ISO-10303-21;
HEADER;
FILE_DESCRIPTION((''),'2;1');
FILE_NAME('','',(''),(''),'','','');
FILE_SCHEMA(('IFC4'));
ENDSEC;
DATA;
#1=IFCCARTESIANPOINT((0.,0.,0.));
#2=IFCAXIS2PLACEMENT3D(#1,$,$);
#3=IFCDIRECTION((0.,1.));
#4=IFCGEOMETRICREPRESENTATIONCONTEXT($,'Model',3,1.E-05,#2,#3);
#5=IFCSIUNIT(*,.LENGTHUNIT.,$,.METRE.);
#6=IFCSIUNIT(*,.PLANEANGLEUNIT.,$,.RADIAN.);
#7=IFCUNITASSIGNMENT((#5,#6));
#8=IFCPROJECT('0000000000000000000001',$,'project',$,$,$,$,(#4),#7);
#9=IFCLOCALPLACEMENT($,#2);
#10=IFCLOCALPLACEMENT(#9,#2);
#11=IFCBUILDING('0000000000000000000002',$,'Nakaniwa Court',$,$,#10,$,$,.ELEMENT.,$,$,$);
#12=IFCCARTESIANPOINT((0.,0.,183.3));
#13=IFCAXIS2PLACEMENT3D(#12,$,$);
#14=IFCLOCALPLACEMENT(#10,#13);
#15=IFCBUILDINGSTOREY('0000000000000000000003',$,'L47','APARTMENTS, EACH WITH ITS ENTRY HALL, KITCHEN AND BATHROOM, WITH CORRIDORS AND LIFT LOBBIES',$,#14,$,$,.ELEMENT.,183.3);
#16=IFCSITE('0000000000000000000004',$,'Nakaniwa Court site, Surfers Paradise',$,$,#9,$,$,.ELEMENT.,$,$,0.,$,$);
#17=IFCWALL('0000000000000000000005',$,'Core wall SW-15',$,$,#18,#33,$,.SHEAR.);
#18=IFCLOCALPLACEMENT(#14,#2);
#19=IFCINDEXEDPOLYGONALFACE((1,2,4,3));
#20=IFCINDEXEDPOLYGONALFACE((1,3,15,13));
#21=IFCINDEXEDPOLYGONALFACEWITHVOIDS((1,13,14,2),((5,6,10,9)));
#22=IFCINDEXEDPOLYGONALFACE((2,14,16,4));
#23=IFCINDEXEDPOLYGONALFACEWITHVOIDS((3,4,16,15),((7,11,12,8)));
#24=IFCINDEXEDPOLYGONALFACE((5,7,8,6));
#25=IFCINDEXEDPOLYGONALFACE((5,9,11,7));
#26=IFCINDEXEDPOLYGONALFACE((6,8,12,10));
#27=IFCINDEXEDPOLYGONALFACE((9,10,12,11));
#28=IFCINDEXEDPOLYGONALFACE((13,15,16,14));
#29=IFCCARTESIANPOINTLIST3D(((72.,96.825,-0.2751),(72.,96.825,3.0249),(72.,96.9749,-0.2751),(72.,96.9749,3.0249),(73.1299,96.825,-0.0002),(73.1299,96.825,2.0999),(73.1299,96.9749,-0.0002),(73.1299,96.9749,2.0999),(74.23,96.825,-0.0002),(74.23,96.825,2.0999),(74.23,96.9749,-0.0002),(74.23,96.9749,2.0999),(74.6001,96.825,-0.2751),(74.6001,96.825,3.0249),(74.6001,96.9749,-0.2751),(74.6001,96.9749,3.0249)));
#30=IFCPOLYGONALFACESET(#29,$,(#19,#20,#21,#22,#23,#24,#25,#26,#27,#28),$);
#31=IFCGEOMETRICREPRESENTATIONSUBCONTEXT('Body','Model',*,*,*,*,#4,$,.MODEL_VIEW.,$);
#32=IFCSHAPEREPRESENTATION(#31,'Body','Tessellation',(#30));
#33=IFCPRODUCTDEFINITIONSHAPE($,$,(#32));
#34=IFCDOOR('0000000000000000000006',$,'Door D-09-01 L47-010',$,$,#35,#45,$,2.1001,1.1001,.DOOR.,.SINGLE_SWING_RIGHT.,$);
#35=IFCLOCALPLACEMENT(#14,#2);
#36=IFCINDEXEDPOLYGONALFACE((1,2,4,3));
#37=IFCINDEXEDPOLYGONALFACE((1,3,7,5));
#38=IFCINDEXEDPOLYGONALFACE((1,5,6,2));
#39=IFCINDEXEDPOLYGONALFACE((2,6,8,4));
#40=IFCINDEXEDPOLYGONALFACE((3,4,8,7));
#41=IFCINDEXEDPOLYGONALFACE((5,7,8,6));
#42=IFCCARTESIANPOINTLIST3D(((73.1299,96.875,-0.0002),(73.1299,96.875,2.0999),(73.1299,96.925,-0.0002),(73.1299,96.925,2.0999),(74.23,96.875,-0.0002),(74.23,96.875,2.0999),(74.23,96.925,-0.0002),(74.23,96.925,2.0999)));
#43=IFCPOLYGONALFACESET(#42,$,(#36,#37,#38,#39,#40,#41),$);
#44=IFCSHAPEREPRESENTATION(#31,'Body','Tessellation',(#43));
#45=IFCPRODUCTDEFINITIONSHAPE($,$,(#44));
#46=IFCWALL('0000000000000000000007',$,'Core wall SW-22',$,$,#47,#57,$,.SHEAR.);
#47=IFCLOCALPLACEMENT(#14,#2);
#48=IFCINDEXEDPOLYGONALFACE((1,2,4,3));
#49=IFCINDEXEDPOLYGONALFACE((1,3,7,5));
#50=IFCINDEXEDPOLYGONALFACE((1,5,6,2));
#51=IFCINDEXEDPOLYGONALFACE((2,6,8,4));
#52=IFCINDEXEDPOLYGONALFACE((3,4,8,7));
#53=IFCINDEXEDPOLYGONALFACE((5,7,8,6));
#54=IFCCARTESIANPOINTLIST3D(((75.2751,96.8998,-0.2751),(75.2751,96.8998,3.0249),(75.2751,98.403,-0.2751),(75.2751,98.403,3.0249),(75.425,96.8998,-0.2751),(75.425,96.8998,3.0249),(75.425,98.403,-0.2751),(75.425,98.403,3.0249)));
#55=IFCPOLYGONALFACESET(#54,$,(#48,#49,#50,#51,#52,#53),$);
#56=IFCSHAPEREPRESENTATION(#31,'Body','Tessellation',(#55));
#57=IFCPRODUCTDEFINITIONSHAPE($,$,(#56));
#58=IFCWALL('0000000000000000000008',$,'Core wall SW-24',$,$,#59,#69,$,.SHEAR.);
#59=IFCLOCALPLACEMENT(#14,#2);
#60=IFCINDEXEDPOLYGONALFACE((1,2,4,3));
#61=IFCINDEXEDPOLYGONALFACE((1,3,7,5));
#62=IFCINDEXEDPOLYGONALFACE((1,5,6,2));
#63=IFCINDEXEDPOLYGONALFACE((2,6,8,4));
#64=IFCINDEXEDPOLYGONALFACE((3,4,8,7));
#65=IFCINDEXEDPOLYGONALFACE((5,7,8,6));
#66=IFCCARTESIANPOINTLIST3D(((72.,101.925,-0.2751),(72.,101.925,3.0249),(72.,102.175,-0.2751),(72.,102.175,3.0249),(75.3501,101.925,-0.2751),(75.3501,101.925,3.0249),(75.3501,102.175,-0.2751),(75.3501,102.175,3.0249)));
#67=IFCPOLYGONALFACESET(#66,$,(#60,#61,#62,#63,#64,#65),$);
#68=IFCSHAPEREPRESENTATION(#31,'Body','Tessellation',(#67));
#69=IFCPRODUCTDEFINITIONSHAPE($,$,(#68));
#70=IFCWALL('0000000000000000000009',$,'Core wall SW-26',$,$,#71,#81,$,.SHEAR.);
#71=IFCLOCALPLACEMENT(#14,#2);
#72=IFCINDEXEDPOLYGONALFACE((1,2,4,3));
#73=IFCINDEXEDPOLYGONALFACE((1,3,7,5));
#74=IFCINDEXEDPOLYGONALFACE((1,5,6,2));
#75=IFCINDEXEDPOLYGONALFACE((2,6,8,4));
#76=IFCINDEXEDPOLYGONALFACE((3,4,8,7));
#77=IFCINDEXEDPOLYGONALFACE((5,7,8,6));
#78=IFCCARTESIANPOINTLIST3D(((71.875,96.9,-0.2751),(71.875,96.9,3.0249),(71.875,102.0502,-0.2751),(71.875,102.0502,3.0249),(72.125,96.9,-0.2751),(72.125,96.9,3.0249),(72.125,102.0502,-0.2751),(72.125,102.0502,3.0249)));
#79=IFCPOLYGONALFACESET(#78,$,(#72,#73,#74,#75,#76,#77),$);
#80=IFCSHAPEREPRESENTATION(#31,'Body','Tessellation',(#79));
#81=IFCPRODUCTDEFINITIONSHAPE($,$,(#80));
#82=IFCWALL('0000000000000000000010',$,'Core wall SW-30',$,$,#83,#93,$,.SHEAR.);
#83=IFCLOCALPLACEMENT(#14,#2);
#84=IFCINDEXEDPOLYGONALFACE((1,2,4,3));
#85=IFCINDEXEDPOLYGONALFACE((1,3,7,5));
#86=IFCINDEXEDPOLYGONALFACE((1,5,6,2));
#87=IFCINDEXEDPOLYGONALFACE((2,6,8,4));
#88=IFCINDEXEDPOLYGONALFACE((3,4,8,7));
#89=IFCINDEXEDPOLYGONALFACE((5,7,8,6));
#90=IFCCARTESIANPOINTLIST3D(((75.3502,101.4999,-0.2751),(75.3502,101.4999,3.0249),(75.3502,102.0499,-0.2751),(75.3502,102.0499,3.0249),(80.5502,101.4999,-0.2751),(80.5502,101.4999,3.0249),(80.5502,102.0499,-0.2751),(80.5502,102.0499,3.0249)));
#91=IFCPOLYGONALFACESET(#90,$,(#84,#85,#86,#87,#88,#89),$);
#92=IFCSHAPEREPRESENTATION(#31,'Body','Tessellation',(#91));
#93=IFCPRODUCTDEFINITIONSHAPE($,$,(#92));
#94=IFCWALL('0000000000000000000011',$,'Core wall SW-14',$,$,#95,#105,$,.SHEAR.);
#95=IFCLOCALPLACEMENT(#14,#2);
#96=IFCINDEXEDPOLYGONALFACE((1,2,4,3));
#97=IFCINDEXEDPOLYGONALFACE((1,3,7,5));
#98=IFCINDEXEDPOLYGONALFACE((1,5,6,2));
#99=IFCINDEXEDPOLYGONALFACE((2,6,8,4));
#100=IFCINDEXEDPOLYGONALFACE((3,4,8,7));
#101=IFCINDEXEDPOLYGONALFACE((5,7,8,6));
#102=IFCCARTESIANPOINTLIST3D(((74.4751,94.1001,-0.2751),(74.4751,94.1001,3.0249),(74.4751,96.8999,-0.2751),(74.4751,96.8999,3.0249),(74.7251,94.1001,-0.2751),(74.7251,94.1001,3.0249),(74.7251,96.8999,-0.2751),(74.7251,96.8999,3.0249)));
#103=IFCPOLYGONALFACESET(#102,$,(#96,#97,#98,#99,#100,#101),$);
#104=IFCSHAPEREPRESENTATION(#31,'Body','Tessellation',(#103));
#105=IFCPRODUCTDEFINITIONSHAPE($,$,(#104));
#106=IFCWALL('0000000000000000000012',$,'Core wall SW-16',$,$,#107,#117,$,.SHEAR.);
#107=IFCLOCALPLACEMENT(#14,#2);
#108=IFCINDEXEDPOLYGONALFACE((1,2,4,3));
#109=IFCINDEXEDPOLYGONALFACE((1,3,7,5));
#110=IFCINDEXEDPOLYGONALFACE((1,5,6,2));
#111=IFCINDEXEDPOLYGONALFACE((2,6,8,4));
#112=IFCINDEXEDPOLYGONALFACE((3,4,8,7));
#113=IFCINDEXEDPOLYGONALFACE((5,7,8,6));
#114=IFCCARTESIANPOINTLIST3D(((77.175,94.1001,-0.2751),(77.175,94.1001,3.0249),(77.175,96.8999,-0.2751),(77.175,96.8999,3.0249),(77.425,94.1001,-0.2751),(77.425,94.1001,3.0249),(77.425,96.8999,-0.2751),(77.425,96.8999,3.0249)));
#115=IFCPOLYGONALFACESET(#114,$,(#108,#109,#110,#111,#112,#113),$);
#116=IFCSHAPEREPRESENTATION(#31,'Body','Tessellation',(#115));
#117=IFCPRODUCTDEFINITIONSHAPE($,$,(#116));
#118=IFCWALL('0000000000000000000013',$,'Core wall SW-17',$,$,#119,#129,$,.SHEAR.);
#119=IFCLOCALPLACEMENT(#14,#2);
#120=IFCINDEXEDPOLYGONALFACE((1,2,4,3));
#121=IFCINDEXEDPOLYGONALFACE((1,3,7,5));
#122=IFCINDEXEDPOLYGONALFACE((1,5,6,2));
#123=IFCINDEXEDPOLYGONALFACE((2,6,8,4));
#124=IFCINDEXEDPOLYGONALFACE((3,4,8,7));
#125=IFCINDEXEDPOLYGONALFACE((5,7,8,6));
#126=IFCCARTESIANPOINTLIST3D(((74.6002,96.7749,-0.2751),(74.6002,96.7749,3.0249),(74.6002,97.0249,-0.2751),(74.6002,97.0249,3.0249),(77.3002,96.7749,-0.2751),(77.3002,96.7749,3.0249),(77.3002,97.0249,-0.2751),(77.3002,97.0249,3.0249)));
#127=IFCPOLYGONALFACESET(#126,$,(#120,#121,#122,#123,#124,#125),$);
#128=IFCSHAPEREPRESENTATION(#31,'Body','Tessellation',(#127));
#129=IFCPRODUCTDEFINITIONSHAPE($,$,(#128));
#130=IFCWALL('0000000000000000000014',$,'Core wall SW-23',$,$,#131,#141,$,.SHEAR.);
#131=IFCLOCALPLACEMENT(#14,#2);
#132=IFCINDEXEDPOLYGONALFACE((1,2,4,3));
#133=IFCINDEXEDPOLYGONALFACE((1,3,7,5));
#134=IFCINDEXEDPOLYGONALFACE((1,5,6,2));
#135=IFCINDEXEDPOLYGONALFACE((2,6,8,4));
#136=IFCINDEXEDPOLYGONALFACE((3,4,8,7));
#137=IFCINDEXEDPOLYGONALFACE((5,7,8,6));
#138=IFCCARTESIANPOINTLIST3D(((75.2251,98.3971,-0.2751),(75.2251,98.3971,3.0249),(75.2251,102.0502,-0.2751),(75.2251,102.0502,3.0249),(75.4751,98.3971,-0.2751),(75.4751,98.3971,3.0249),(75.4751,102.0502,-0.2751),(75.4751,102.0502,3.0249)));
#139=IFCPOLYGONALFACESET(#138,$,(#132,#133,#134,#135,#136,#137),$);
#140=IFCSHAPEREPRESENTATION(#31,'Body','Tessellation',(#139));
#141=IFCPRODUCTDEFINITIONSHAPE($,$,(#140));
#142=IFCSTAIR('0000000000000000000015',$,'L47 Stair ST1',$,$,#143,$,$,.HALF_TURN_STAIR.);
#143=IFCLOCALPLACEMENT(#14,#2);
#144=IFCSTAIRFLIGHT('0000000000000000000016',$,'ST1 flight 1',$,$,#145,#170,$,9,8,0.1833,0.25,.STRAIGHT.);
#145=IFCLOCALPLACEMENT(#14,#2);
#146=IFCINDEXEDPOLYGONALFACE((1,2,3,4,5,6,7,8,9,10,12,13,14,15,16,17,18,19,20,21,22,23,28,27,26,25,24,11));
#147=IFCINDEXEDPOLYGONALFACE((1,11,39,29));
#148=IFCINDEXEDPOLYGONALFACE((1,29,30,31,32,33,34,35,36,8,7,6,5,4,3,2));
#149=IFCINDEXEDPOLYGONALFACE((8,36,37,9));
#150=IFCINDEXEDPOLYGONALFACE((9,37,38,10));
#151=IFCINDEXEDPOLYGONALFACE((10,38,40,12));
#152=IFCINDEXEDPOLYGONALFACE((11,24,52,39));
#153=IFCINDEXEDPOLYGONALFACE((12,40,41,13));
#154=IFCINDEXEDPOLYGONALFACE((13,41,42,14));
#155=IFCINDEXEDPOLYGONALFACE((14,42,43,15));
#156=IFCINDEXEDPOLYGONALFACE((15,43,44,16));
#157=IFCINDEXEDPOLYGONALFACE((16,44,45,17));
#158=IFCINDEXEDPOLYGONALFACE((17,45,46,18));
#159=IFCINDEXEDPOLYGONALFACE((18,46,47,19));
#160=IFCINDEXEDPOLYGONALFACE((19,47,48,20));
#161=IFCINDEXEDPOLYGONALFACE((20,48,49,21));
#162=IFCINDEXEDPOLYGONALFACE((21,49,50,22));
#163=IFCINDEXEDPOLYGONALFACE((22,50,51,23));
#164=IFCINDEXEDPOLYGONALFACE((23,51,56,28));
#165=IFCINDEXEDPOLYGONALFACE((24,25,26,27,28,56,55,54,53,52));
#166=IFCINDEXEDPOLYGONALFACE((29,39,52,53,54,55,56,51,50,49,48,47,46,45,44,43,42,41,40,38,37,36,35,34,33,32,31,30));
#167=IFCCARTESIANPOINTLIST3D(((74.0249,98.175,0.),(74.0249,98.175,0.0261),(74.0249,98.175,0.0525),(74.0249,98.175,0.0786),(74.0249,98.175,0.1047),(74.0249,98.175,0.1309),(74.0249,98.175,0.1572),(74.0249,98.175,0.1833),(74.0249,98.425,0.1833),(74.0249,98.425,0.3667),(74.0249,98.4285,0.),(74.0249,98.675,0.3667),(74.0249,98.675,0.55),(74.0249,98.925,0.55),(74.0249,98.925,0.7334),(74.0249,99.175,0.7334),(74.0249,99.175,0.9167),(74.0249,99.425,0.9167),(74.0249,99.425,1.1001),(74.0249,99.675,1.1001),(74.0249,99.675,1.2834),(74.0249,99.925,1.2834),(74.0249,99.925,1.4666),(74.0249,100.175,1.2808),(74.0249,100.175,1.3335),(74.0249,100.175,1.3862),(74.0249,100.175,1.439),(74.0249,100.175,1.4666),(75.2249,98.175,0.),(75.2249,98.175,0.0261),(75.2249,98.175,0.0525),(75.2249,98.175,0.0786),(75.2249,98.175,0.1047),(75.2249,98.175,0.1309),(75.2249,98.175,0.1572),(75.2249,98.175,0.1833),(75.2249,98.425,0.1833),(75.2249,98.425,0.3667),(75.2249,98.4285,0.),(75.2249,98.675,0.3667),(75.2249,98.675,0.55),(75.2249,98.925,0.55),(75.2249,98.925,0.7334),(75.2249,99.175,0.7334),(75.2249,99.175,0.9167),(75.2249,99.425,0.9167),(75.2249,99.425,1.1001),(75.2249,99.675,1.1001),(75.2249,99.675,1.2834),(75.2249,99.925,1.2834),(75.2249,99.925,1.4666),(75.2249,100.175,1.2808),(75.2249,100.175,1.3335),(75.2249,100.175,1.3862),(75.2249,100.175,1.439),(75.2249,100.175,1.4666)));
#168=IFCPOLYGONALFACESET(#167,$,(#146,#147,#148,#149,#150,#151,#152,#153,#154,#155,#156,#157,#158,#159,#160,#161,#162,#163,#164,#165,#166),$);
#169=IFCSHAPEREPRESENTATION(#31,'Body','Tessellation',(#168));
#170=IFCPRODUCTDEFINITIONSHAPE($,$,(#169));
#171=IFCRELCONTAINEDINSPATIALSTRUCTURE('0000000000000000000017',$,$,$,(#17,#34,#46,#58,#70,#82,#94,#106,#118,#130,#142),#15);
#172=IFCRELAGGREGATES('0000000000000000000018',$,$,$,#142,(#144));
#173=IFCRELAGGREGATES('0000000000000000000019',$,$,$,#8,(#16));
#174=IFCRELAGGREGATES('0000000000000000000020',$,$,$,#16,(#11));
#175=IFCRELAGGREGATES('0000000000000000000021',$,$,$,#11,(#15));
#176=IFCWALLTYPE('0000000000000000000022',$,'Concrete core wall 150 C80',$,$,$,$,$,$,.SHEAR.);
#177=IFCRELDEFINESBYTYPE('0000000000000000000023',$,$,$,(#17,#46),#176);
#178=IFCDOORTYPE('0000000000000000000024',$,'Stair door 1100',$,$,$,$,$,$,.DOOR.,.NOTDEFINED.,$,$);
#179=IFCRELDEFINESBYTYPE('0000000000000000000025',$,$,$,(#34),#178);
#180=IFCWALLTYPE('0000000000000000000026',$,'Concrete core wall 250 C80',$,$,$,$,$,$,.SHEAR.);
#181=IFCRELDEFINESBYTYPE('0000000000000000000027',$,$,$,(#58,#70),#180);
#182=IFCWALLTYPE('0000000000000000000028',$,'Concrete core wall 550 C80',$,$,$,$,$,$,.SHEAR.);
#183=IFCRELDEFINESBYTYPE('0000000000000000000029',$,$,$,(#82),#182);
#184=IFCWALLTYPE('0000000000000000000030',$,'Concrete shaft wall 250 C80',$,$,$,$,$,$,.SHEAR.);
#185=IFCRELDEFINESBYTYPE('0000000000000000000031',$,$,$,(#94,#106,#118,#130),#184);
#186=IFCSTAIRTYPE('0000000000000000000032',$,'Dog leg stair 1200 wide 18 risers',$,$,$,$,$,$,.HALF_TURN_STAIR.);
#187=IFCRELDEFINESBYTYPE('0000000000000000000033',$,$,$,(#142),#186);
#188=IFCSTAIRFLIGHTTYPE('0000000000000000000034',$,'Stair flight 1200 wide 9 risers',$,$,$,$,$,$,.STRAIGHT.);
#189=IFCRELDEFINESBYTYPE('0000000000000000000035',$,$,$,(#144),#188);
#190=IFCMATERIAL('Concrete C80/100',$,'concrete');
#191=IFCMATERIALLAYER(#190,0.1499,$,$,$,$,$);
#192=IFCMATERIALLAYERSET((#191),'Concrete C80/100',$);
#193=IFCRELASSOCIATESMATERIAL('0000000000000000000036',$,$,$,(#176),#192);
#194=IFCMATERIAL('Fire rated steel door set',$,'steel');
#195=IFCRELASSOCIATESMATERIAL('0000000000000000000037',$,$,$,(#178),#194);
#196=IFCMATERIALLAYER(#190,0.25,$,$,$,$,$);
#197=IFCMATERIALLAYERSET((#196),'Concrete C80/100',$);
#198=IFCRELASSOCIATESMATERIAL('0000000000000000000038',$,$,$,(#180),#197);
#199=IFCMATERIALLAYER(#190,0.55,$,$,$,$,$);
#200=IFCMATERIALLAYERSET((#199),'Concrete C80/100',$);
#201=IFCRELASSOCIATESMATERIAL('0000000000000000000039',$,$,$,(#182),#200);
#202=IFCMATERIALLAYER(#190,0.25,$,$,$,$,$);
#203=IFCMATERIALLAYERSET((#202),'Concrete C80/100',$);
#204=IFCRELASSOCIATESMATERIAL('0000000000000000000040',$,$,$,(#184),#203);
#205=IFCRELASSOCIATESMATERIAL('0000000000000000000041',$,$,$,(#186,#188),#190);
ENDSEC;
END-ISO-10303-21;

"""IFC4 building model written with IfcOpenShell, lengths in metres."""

from ifc_helpers import new_model, si_unit, direction, frame, frame_2d, origin, place, context, subcontext, project, spatial, polyline, rectangle, outline, extrude, material, layer, layer_set, type_object, element, fill, aggregate, save


model = new_model("IFC4")

# Units and contexts
model_context = context("Model", 3, precision=1e-05, world=origin(), true_north=direction((0.0, 1.0)))
body_context = subcontext(model_context, "Body", "Model", "MODEL_VIEW")
ifc_project = project(units=[si_unit("LENGTHUNIT", "METRE"), si_unit("PLANEANGLEUNIT", "RADIAN")], contexts=[model_context])

# Site, building, storey
site_placement = place(None, origin())
site = spatial("IfcSite", under=ifc_project, at=site_placement, Name="Nakaniwa Court site, Surfers Paradise", CompositionType="ELEMENT", RefElevation=0.0)
building_placement = place(site_placement, origin())
building = spatial("IfcBuilding", under=site, at=building_placement, Name="Nakaniwa Court", CompositionType="ELEMENT")
storey_placement = place(building_placement, frame((0.0, 0.0, 183.3)))
storey = spatial("IfcBuildingStorey", under=building, at=storey_placement, Name="L47", Description="APARTMENTS, EACH WITH ITS ENTRY HALL, KITCHEN AND BATHROOM, WITH CORRIDORS AND LIFT LOBBIES", CompositionType="ELEMENT", Elevation=183.3)

# Shared definitions
ifc_material_1 = material(Name="Fire rated steel door set", Category="steel")

# Wall, opening, door
ifc_material_2 = material(Name="Concrete C80/100", Category="concrete")
ifc_layer_1 = layer(ifc_material_2, 0.1499)
ifc_layer_set_1 = layer_set([ifc_layer_1], Name="Concrete C80/100")
wall_type_1 = type_object("IfcWallType", Name="Concrete core wall 150 C80", PredefinedType="SHEAR", material=ifc_layer_set_1)
wall_1_placement = place(storey_placement, frame((74.6001, 96.8999, -0.2751), z_axis=(0.0, 0.0, 1.0), x_axis=(-1.0, 0.0, 0.0)))
wall_1 = element("IfcWall", 1, at=wall_1_placement, inside=storey, type_object=wall_type_1, Name="Core wall SW-15", PredefinedType="SHEAR", context=body_context, shape_type="SweptSolid", body=[
    extrude(rectangle(XDim=2.6001, YDim=0.1499, at=frame_2d((1.3, 0.0))), origin(), (0.0, 0.0, 1.0), 3.3),
])
opening_1_placement = place(wall_1_placement, frame((0.3701, 0.0, 0.2749)))
opening_1 = element("IfcOpeningElement", 2, at=opening_1_placement, cuts=wall_1, PredefinedType="OPENING", context=body_context, shape_type="SweptSolid", body=[
    extrude(rectangle(XDim=1.1001, YDim=2.1001, at=frame_2d((0.55, 1.05))), frame((0.0, 0.085, 0.0), z_axis=(0.0, -1.0, 0.0), x_axis=(1.0, 0.0, 0.0)), (0.0, 0.0, 1.0), 0.1699),
])
door_type_1 = type_object("IfcDoorType", Name="Stair door 1100", OperationType="NOTDEFINED", PredefinedType="DOOR", material=ifc_material_1)
door_1_placement = place(opening_1_placement, origin())
door_1 = element("IfcDoor", 3, at=door_1_placement, inside=storey, type_object=door_type_1, Name="Door D-09-01 L47-010", OperationType="SINGLE_SWING_RIGHT", OverallHeight=2.1001, OverallWidth=1.1001, PredefinedType="DOOR", context=body_context, shape_type="SweptSolid", body=[
    extrude(rectangle(XDim=1.1001, YDim=2.1001, at=frame_2d((0.55, 1.05))), frame((0.0, 0.0249, 0.0), z_axis=(0.0, -1.0, 0.0), x_axis=(1.0, 0.0, 0.0)), (0.0, 0.0, 1.0), 0.05),
])
fill(opening_1, door_1)

# Walls
wall_2_placement = place(storey_placement, frame((75.3501, 96.8999, -0.2751), z_axis=(0.0, 0.0, 1.0), x_axis=(0.0, 1.0, 0.0)))
element("IfcWall", 4, at=wall_2_placement, inside=storey, type_object=wall_type_1, Name="Core wall SW-22", PredefinedType="SHEAR", context=body_context, shape_type="SweptSolid", body=[
    extrude(rectangle(XDim=1.5032, YDim=0.1499, at=frame_2d((0.7515, 0.0))), origin(), (0.0, 0.0, 1.0), 3.3),
])
ifc_layer_2 = layer(ifc_material_2, 0.25)
ifc_layer_set_2 = layer_set([ifc_layer_2], Name="Concrete C80/100")
wall_type_2 = type_object("IfcWallType", Name="Concrete core wall 250 C80", PredefinedType="SHEAR", material=ifc_layer_set_2)
wall_3_placement = place(storey_placement, frame((72.0, 102.05, -0.2751), z_axis=(0.0, 0.0, 1.0), x_axis=(1.0, 0.0, 0.0)))
element("IfcWall", 5, at=wall_3_placement, inside=storey, type_object=wall_type_2, Name="Core wall SW-24", PredefinedType="SHEAR", context=body_context, shape_type="SweptSolid", body=[
    extrude(rectangle(XDim=3.3501, YDim=0.25, at=frame_2d((1.675, 0.0))), origin(), (0.0, 0.0, 1.0), 3.3),
])
wall_4_placement = place(storey_placement, frame((72.0, 96.8999, -0.2751), z_axis=(0.0, 0.0, 1.0), x_axis=(0.0, 1.0, 0.0)))
element("IfcWall", 6, at=wall_4_placement, inside=storey, type_object=wall_type_2, Name="Core wall SW-26", PredefinedType="SHEAR", context=body_context, shape_type="SweptSolid", body=[
    extrude(rectangle(XDim=5.1501, YDim=0.25, at=frame_2d((2.5752, 0.0))), origin(), (0.0, 0.0, 1.0), 3.3),
])
ifc_layer_3 = layer(ifc_material_2, 0.55)
ifc_layer_set_3 = layer_set([ifc_layer_3], Name="Concrete C80/100")
wall_type_3 = type_object("IfcWallType", Name="Concrete core wall 550 C80", PredefinedType="SHEAR", material=ifc_layer_set_3)
wall_5_placement = place(storey_placement, frame((75.3501, 101.7749, -0.2751), z_axis=(0.0, 0.0, 1.0), x_axis=(1.0, 0.0, 0.0)))
element("IfcWall", 7, at=wall_5_placement, inside=storey, type_object=wall_type_3, Name="Core wall SW-30", PredefinedType="SHEAR", context=body_context, shape_type="SweptSolid", body=[
    extrude(rectangle(XDim=5.2, YDim=0.55, at=frame_2d((2.6001, 0.0))), origin(), (0.0, 0.0, 1.0), 3.3),
])
ifc_layer_4 = layer(ifc_material_2, 0.25)
ifc_layer_set_4 = layer_set([ifc_layer_4], Name="Concrete C80/100")
wall_type_4 = type_object("IfcWallType", Name="Concrete shaft wall 250 C80", PredefinedType="SHEAR", material=ifc_layer_set_4)
for number, where, z_axis, x_axis, name in (
    (8, (74.6001, 94.1001, -0.2751), (0.0, 0.0, 1.0), (0.0, 1.0, 0.0), "Core wall SW-14"),
    (9, (77.3, 94.1001, -0.2751), (0.0, 0.0, 1.0), (0.0, 1.0, 0.0), "Core wall SW-16"),
):
    element("IfcWall", number, at=place(storey_placement, frame(where, z_axis=z_axis, x_axis=x_axis)), inside=storey, type_object=wall_type_4, Name=name, PredefinedType="SHEAR", context=body_context, shape_type="SweptSolid", body=[
        extrude(rectangle(XDim=2.7998, YDim=0.25, at=frame_2d((1.3999, 0.0))), origin(), (0.0, 0.0, 1.0), 3.3),
    ])
wall_6_placement = place(storey_placement, frame((74.6001, 96.8999, -0.2751), z_axis=(0.0, 0.0, 1.0), x_axis=(1.0, 0.0, 0.0)))
element("IfcWall", 10, at=wall_6_placement, inside=storey, type_object=wall_type_4, Name="Core wall SW-17", PredefinedType="SHEAR", context=body_context, shape_type="SweptSolid", body=[
    extrude(rectangle(XDim=2.7, YDim=0.25, at=frame_2d((1.3501, 0.0))), origin(), (0.0, 0.0, 1.0), 3.3),
])
wall_7_placement = place(storey_placement, frame((75.3501, 98.397, -0.2751), z_axis=(0.0, 0.0, 1.0), x_axis=(0.0, 1.0, 0.0)))
element("IfcWall", 11, at=wall_7_placement, inside=storey, type_object=wall_type_4, Name="Core wall SW-23", PredefinedType="SHEAR", context=body_context, shape_type="SweptSolid", body=[
    extrude(rectangle(XDim=3.6531, YDim=0.25, at=frame_2d((1.8267, 0.0))), origin(), (0.0, 0.0, 1.0), 3.3),
])

# Stair, stair flight
stair_type = type_object("IfcStairType", Name="Dog leg stair 1200 wide 18 risers", PredefinedType="HALF_TURN_STAIR", material=ifc_material_2)
stair_placement = place(storey_placement, origin())
stair = element("IfcStair", 12, at=stair_placement, inside=storey, type_object=stair_type, Name="L47 Stair ST1", PredefinedType="HALF_TURN_STAIR")
stair_flight_type = type_object("IfcStairFlightType", Name="Stair flight 1200 wide 9 risers", PredefinedType="STRAIGHT", material=ifc_material_2)
stair_flight_1_placement = place(storey_placement, frame((74.625, 98.175, 0.0), z_axis=(0.0, 0.0, 1.0), x_axis=(0.0, 1.0, 0.0)))
stair_flight_1 = element("IfcStairFlight", 13, at=stair_flight_1_placement, type_object=stair_flight_type, Name="ST1 flight 1", NumberOfRisers=9, NumberOfTreads=8, PredefinedType="STRAIGHT", RiserHeight=0.1833, TreadLength=0.25, context=body_context, shape_type="SweptSolid", body=[
    extrude(outline(polyline([(0.0, 0.0), (0.0, 0.0261), (0.0, 0.0525), (0.0, 0.0786), (0.0, 0.1047), (0.0, 0.1309), (0.0, 0.1572), (0.0, 0.1833), (0.25, 0.1833), (0.25, 0.3667), (0.5, 0.3667), (0.5, 0.55), (0.75, 0.55), (0.75, 0.7334), (1.0, 0.7334), (1.0, 0.9167), (1.25, 0.9167), (1.25, 1.1001), (1.5, 1.1001), (1.5, 1.2834), (1.75, 1.2834), (1.75, 1.4666), (2.0, 1.4666), (2.0, 1.6499), (2.0, 1.5972), (2.0, 1.5444), (2.0, 1.4917), (2.0, 1.439), (2.0, 1.3862), (2.0, 1.3335), (2.0, 1.2808), (0.2534, 0.0), (0.0, 0.0)])), frame((0.0, 0.6001, 0.0), z_axis=(0.0, -1.0, 0.0), x_axis=(1.0, 0.0, 0.0)), (0.0, 0.0, 1.0), 1.2),
])
aggregate(stair, [stair_flight_1])

save(model, "model.ifc")
